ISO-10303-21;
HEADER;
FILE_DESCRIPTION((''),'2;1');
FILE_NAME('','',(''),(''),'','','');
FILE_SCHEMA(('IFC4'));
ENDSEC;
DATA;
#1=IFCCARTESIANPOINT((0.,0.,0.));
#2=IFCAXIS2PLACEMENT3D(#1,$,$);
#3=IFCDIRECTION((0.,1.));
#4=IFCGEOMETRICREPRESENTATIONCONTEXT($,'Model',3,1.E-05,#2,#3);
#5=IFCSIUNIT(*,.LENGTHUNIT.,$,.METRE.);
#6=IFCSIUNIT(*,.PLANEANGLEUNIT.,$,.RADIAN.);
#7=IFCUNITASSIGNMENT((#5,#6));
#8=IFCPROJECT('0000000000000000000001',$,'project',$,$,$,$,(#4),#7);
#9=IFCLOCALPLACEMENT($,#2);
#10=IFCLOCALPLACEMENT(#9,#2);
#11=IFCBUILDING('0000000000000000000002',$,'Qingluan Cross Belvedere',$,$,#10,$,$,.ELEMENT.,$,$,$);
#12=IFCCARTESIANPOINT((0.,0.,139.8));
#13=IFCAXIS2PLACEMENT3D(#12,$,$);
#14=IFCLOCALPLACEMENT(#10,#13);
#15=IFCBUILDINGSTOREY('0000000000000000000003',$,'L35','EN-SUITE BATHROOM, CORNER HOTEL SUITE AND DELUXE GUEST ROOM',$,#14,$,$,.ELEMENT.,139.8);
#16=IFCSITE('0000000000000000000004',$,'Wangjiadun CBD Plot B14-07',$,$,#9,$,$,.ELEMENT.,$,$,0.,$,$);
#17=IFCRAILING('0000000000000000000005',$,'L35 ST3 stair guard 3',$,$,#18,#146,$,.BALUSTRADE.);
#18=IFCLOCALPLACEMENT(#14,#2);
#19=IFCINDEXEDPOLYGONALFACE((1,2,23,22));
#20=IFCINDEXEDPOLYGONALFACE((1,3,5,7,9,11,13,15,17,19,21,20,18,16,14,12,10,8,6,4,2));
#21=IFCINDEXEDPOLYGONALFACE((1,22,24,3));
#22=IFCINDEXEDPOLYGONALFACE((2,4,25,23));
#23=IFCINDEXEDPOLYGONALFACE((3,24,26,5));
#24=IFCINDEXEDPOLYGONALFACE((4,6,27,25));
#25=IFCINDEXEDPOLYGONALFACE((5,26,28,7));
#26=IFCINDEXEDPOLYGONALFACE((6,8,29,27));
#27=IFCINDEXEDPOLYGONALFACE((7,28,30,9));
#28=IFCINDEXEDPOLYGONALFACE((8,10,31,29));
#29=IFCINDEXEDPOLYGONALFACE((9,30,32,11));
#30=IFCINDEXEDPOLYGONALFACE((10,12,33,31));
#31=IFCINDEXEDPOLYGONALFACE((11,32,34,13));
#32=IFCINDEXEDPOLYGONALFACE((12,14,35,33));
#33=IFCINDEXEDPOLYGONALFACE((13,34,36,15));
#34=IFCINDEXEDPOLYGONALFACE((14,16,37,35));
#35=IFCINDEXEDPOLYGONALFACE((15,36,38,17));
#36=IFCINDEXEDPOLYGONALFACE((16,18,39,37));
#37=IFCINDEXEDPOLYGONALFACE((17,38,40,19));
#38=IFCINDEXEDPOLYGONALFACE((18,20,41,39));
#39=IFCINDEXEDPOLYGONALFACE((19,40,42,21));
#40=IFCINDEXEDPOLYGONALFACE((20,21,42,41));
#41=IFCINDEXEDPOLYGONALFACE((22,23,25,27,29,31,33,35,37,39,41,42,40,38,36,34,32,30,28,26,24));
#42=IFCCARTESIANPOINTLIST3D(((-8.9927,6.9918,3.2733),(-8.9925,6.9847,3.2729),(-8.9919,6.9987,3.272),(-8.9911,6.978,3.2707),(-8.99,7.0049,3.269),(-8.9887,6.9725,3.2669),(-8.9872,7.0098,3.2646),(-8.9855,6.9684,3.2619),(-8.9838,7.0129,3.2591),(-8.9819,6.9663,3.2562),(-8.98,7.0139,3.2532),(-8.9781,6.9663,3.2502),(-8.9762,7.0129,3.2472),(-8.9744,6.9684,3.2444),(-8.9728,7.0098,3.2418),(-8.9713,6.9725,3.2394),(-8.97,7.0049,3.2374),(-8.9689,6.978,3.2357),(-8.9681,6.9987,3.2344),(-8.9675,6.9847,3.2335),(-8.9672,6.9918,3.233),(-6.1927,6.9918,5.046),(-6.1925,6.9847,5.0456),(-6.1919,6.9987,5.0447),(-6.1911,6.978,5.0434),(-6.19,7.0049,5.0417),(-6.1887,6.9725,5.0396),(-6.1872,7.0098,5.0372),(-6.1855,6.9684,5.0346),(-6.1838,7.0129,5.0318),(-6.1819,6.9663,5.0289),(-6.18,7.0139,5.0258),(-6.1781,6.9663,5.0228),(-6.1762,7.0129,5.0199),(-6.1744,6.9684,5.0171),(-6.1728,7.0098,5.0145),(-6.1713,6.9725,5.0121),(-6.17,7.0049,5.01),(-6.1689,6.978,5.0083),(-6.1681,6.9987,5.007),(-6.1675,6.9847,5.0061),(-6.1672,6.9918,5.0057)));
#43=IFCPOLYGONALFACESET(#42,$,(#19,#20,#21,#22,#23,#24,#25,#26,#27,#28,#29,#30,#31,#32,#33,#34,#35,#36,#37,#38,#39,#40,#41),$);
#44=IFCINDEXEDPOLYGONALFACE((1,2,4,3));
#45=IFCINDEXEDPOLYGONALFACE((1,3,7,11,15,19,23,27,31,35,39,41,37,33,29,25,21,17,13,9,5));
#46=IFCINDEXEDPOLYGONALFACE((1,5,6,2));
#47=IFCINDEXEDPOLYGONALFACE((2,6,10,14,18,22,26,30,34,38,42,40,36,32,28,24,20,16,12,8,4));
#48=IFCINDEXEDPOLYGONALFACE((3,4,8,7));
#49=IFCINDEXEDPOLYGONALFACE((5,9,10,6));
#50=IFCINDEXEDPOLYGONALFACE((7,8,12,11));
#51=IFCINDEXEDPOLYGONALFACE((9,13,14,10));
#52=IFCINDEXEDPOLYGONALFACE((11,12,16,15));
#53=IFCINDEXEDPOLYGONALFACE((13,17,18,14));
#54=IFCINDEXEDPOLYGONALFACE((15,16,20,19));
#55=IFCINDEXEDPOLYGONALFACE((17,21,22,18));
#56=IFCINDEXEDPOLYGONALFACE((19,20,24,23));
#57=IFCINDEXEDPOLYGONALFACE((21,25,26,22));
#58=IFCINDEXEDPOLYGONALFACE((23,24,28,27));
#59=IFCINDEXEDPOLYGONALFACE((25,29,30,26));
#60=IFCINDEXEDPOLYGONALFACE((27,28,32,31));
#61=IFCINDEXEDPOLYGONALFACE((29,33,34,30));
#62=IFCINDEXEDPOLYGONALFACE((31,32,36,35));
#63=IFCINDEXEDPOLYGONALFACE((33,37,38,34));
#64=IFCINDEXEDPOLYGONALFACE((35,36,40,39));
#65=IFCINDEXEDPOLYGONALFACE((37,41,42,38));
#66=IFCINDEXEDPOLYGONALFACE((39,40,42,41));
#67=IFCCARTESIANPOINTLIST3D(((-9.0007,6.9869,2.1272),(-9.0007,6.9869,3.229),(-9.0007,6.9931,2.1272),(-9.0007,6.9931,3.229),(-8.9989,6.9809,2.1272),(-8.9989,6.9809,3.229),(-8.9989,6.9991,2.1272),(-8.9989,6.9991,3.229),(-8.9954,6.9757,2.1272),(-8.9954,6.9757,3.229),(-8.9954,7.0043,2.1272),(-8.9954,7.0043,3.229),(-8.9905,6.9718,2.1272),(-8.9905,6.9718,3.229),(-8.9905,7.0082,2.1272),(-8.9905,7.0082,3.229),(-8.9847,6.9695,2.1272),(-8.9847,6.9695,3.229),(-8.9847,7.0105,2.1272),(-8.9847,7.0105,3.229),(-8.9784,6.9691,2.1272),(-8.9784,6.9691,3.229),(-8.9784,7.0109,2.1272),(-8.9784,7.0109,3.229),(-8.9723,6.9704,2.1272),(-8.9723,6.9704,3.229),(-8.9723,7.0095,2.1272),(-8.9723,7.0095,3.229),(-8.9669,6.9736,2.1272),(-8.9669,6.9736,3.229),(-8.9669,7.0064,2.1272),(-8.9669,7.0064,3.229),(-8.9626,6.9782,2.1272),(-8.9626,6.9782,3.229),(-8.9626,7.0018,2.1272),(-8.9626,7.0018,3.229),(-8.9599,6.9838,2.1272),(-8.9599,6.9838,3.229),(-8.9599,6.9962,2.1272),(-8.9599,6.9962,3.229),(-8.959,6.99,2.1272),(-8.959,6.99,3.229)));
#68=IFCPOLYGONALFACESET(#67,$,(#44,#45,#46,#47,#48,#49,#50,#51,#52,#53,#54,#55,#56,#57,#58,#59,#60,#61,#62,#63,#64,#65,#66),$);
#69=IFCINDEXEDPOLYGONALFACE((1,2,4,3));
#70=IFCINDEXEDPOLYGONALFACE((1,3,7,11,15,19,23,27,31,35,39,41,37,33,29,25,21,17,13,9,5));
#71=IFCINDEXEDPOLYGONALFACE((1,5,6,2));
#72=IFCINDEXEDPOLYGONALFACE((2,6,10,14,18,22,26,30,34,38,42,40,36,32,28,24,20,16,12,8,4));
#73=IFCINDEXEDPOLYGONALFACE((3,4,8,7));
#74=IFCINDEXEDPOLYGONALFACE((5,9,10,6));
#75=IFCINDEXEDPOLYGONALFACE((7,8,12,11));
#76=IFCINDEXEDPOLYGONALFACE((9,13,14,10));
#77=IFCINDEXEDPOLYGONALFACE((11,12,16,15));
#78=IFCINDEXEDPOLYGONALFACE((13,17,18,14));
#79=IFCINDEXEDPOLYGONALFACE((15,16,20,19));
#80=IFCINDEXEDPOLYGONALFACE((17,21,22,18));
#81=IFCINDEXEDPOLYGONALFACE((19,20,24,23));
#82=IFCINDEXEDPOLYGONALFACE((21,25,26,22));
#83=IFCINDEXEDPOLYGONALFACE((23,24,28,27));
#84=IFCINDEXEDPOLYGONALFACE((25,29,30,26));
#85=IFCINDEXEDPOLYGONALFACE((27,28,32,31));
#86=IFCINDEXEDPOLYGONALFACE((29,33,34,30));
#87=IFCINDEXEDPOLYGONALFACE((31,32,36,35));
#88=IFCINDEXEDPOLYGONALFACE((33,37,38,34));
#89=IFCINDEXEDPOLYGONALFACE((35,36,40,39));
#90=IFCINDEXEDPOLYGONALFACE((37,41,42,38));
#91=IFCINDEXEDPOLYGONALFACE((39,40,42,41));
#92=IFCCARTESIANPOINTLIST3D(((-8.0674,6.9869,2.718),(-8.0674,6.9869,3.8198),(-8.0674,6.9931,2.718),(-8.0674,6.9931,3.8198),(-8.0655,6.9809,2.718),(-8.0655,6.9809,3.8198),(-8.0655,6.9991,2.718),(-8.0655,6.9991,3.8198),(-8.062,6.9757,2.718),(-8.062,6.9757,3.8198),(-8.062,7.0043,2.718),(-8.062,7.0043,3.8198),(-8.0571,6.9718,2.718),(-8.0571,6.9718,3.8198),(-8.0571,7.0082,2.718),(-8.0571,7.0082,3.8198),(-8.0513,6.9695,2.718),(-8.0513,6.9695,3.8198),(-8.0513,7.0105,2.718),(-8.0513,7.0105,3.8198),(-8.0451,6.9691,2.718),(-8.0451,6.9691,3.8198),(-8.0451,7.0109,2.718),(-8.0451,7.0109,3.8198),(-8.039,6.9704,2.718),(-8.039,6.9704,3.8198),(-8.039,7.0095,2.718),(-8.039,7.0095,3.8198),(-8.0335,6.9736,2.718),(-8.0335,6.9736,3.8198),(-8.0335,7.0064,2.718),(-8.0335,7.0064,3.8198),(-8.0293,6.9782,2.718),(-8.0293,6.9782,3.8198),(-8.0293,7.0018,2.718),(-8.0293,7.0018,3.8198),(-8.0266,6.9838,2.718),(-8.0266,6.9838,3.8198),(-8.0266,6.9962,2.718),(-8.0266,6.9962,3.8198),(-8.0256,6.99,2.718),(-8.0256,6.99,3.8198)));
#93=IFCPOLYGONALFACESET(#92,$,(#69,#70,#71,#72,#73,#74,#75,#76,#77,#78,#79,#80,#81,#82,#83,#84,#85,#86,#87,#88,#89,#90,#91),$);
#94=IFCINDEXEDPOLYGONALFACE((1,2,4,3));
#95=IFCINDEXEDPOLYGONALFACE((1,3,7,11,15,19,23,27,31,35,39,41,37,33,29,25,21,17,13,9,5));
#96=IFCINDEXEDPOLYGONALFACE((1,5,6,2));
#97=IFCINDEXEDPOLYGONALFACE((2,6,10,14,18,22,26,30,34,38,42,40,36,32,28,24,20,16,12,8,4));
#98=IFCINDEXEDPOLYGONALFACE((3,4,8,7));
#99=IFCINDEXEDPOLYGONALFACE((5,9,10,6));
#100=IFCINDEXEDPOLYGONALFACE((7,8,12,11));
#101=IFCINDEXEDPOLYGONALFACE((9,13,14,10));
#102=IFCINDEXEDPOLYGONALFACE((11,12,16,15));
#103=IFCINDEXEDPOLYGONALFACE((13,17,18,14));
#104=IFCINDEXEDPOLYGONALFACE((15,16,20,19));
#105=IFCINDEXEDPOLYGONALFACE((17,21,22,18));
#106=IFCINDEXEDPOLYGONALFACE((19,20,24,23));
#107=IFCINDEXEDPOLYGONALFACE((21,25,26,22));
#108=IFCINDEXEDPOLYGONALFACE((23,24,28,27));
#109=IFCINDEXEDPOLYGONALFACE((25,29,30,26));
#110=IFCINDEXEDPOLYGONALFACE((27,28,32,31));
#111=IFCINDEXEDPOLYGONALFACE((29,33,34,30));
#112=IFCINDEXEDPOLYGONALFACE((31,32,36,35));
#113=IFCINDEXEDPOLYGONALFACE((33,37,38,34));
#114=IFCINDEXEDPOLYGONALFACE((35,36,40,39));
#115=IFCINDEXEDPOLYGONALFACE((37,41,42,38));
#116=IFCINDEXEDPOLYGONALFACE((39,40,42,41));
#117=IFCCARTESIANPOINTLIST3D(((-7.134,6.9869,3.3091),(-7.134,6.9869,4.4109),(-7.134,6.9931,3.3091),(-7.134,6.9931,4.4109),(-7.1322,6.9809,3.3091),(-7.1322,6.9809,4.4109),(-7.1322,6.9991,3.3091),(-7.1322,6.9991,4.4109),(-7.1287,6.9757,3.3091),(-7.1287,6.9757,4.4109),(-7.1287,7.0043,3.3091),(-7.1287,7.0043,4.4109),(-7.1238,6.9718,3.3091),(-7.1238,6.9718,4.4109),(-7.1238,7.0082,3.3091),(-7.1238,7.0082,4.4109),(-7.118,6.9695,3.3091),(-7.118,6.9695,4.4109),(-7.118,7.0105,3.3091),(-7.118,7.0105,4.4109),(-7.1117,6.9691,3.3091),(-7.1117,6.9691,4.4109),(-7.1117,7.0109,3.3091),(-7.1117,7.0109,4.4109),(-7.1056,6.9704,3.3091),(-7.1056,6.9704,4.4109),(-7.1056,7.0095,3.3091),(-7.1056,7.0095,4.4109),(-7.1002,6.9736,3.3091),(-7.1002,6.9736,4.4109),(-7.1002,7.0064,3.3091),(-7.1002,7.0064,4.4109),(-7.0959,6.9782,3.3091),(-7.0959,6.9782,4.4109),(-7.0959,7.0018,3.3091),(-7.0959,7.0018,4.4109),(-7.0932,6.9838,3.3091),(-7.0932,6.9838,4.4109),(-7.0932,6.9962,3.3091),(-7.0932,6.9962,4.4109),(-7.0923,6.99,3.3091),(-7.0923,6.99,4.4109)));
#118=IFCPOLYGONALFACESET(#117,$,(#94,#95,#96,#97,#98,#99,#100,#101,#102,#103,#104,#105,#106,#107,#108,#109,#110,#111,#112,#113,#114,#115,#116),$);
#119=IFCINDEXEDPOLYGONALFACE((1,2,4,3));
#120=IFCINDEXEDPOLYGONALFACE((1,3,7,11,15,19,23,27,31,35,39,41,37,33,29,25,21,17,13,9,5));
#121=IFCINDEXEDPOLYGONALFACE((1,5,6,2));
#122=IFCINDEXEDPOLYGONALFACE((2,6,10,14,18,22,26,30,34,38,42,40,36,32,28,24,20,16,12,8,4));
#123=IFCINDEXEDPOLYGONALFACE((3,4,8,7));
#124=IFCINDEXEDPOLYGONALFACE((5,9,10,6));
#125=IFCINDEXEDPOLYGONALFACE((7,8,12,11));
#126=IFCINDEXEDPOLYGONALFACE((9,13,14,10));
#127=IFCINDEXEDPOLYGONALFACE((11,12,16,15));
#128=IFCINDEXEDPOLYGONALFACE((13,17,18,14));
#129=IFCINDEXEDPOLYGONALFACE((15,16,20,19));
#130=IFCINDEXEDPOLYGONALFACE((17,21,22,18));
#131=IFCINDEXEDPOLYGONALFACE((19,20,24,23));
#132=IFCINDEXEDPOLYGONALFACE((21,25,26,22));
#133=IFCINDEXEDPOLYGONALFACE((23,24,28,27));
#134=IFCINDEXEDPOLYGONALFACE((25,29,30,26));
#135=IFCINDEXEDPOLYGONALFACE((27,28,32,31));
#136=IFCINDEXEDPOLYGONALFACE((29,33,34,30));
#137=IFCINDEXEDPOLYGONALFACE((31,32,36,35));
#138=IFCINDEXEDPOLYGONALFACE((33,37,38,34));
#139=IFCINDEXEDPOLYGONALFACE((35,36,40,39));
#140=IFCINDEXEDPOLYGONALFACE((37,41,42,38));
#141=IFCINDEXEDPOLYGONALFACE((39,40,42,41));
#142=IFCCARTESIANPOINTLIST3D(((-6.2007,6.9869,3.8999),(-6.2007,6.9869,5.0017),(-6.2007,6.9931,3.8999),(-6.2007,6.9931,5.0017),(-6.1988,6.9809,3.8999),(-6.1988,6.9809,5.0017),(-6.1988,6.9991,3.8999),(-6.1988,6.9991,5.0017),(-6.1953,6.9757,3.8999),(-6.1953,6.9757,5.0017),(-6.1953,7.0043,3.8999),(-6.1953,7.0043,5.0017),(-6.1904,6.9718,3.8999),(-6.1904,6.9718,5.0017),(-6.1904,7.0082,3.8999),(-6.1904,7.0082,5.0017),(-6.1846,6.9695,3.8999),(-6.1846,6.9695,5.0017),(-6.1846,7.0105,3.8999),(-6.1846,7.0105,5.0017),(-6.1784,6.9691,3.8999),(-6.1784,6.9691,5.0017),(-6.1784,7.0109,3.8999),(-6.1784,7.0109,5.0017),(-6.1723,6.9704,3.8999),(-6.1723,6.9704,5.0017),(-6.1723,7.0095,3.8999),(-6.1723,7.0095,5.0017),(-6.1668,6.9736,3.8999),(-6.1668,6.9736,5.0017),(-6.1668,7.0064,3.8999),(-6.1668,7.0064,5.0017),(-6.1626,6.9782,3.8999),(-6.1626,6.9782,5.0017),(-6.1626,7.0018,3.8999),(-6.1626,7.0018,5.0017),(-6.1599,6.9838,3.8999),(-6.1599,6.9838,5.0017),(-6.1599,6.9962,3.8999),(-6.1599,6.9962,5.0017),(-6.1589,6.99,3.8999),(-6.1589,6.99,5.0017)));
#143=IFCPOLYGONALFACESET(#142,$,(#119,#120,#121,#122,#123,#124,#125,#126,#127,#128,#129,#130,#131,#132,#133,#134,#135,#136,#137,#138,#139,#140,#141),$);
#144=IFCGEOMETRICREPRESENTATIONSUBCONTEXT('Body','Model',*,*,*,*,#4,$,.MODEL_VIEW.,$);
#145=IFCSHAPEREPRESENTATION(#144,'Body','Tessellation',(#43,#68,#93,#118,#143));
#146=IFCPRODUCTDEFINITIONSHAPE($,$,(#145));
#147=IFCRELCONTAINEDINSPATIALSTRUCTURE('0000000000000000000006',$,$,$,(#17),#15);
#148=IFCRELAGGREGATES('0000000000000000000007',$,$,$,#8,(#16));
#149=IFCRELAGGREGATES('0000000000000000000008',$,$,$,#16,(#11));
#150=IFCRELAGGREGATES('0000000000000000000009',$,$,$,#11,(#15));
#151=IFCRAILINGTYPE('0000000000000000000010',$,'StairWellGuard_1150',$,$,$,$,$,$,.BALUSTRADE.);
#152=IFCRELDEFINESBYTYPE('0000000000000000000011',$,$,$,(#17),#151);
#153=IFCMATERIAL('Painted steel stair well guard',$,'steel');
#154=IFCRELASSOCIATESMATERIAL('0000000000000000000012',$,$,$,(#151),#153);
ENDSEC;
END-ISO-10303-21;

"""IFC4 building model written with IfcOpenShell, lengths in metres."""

from ifc_helpers import new_model, si_unit, direction, frame, origin, origin_2d, place, context, subcontext, project, spatial, circle, extrude, material, type_object, element, save


model = new_model("IFC4")

# Units and contexts
model_context = context("Model", 3, precision=1e-05, world=origin(), true_north=direction((0.0, 1.0)))
body_context = subcontext(model_context, "Body", "Model", "MODEL_VIEW")
ifc_project = project(units=[si_unit("LENGTHUNIT", "METRE"), si_unit("PLANEANGLEUNIT", "RADIAN")], contexts=[model_context])

# Site, building, storey
site_placement = place(None, origin())
site = spatial("IfcSite", under=ifc_project, at=site_placement, Name="Wangjiadun CBD Plot B14-07", CompositionType="ELEMENT", RefElevation=0.0)
building_placement = place(site_placement, origin())
building = spatial("IfcBuilding", under=site, at=building_placement, Name="Qingluan Cross Belvedere", CompositionType="ELEMENT")
storey_placement = place(building_placement, frame((0.0, 0.0, 139.8)))
storey = spatial("IfcBuildingStorey", under=building, at=storey_placement, Name="L35", Description="EN-SUITE BATHROOM, CORNER HOTEL SUITE AND DELUXE GUEST ROOM", CompositionType="ELEMENT", Elevation=139.8)

# Railing
ifc_material_1 = material(Name="Painted steel stair well guard", Category="steel")
railing_type_1 = type_object("IfcRailingType", Name="StairWellGuard_1150", PredefinedType="BALUSTRADE", material=ifc_material_1)
railing_1_placement = place(storey_placement, frame((-8.98, 6.99, 2.1272)))
element("IfcRailing", 1, at=railing_1_placement, inside=storey, type_object=railing_type_1, Name="L35 ST3 stair guard 3", PredefinedType="BALUSTRADE", context=body_context, shape_type="SweptSolid", body=[
    extrude(circle(Radius=0.0239, at=origin_2d()), frame((0.0, 0.0, 1.126), z_axis=(0.844909, 0.0, 0.53491), x_axis=(0.0, 1.0, 0.0)), (0.0, 0.0, 1.0), 3.314),
    extrude(circle(Radius=0.021, at=origin_2d()), origin(), (0.0, 0.0, 1.0), 1.1018),
    extrude(circle(Radius=0.021, at=origin_2d()), frame((0.9333, 0.0, 0.5908)), (0.0, 0.0, 1.0), 1.1018),
    extrude(circle(Radius=0.021, at=origin_2d()), frame((1.8667, 0.0, 1.1819)), (0.0, 0.0, 1.0), 1.1018),
    extrude(circle(Radius=0.021, at=origin_2d()), frame((2.8, 0.0, 1.7727)), (0.0, 0.0, 1.0), 1.1018),
])

save(model, "model.ifc")
